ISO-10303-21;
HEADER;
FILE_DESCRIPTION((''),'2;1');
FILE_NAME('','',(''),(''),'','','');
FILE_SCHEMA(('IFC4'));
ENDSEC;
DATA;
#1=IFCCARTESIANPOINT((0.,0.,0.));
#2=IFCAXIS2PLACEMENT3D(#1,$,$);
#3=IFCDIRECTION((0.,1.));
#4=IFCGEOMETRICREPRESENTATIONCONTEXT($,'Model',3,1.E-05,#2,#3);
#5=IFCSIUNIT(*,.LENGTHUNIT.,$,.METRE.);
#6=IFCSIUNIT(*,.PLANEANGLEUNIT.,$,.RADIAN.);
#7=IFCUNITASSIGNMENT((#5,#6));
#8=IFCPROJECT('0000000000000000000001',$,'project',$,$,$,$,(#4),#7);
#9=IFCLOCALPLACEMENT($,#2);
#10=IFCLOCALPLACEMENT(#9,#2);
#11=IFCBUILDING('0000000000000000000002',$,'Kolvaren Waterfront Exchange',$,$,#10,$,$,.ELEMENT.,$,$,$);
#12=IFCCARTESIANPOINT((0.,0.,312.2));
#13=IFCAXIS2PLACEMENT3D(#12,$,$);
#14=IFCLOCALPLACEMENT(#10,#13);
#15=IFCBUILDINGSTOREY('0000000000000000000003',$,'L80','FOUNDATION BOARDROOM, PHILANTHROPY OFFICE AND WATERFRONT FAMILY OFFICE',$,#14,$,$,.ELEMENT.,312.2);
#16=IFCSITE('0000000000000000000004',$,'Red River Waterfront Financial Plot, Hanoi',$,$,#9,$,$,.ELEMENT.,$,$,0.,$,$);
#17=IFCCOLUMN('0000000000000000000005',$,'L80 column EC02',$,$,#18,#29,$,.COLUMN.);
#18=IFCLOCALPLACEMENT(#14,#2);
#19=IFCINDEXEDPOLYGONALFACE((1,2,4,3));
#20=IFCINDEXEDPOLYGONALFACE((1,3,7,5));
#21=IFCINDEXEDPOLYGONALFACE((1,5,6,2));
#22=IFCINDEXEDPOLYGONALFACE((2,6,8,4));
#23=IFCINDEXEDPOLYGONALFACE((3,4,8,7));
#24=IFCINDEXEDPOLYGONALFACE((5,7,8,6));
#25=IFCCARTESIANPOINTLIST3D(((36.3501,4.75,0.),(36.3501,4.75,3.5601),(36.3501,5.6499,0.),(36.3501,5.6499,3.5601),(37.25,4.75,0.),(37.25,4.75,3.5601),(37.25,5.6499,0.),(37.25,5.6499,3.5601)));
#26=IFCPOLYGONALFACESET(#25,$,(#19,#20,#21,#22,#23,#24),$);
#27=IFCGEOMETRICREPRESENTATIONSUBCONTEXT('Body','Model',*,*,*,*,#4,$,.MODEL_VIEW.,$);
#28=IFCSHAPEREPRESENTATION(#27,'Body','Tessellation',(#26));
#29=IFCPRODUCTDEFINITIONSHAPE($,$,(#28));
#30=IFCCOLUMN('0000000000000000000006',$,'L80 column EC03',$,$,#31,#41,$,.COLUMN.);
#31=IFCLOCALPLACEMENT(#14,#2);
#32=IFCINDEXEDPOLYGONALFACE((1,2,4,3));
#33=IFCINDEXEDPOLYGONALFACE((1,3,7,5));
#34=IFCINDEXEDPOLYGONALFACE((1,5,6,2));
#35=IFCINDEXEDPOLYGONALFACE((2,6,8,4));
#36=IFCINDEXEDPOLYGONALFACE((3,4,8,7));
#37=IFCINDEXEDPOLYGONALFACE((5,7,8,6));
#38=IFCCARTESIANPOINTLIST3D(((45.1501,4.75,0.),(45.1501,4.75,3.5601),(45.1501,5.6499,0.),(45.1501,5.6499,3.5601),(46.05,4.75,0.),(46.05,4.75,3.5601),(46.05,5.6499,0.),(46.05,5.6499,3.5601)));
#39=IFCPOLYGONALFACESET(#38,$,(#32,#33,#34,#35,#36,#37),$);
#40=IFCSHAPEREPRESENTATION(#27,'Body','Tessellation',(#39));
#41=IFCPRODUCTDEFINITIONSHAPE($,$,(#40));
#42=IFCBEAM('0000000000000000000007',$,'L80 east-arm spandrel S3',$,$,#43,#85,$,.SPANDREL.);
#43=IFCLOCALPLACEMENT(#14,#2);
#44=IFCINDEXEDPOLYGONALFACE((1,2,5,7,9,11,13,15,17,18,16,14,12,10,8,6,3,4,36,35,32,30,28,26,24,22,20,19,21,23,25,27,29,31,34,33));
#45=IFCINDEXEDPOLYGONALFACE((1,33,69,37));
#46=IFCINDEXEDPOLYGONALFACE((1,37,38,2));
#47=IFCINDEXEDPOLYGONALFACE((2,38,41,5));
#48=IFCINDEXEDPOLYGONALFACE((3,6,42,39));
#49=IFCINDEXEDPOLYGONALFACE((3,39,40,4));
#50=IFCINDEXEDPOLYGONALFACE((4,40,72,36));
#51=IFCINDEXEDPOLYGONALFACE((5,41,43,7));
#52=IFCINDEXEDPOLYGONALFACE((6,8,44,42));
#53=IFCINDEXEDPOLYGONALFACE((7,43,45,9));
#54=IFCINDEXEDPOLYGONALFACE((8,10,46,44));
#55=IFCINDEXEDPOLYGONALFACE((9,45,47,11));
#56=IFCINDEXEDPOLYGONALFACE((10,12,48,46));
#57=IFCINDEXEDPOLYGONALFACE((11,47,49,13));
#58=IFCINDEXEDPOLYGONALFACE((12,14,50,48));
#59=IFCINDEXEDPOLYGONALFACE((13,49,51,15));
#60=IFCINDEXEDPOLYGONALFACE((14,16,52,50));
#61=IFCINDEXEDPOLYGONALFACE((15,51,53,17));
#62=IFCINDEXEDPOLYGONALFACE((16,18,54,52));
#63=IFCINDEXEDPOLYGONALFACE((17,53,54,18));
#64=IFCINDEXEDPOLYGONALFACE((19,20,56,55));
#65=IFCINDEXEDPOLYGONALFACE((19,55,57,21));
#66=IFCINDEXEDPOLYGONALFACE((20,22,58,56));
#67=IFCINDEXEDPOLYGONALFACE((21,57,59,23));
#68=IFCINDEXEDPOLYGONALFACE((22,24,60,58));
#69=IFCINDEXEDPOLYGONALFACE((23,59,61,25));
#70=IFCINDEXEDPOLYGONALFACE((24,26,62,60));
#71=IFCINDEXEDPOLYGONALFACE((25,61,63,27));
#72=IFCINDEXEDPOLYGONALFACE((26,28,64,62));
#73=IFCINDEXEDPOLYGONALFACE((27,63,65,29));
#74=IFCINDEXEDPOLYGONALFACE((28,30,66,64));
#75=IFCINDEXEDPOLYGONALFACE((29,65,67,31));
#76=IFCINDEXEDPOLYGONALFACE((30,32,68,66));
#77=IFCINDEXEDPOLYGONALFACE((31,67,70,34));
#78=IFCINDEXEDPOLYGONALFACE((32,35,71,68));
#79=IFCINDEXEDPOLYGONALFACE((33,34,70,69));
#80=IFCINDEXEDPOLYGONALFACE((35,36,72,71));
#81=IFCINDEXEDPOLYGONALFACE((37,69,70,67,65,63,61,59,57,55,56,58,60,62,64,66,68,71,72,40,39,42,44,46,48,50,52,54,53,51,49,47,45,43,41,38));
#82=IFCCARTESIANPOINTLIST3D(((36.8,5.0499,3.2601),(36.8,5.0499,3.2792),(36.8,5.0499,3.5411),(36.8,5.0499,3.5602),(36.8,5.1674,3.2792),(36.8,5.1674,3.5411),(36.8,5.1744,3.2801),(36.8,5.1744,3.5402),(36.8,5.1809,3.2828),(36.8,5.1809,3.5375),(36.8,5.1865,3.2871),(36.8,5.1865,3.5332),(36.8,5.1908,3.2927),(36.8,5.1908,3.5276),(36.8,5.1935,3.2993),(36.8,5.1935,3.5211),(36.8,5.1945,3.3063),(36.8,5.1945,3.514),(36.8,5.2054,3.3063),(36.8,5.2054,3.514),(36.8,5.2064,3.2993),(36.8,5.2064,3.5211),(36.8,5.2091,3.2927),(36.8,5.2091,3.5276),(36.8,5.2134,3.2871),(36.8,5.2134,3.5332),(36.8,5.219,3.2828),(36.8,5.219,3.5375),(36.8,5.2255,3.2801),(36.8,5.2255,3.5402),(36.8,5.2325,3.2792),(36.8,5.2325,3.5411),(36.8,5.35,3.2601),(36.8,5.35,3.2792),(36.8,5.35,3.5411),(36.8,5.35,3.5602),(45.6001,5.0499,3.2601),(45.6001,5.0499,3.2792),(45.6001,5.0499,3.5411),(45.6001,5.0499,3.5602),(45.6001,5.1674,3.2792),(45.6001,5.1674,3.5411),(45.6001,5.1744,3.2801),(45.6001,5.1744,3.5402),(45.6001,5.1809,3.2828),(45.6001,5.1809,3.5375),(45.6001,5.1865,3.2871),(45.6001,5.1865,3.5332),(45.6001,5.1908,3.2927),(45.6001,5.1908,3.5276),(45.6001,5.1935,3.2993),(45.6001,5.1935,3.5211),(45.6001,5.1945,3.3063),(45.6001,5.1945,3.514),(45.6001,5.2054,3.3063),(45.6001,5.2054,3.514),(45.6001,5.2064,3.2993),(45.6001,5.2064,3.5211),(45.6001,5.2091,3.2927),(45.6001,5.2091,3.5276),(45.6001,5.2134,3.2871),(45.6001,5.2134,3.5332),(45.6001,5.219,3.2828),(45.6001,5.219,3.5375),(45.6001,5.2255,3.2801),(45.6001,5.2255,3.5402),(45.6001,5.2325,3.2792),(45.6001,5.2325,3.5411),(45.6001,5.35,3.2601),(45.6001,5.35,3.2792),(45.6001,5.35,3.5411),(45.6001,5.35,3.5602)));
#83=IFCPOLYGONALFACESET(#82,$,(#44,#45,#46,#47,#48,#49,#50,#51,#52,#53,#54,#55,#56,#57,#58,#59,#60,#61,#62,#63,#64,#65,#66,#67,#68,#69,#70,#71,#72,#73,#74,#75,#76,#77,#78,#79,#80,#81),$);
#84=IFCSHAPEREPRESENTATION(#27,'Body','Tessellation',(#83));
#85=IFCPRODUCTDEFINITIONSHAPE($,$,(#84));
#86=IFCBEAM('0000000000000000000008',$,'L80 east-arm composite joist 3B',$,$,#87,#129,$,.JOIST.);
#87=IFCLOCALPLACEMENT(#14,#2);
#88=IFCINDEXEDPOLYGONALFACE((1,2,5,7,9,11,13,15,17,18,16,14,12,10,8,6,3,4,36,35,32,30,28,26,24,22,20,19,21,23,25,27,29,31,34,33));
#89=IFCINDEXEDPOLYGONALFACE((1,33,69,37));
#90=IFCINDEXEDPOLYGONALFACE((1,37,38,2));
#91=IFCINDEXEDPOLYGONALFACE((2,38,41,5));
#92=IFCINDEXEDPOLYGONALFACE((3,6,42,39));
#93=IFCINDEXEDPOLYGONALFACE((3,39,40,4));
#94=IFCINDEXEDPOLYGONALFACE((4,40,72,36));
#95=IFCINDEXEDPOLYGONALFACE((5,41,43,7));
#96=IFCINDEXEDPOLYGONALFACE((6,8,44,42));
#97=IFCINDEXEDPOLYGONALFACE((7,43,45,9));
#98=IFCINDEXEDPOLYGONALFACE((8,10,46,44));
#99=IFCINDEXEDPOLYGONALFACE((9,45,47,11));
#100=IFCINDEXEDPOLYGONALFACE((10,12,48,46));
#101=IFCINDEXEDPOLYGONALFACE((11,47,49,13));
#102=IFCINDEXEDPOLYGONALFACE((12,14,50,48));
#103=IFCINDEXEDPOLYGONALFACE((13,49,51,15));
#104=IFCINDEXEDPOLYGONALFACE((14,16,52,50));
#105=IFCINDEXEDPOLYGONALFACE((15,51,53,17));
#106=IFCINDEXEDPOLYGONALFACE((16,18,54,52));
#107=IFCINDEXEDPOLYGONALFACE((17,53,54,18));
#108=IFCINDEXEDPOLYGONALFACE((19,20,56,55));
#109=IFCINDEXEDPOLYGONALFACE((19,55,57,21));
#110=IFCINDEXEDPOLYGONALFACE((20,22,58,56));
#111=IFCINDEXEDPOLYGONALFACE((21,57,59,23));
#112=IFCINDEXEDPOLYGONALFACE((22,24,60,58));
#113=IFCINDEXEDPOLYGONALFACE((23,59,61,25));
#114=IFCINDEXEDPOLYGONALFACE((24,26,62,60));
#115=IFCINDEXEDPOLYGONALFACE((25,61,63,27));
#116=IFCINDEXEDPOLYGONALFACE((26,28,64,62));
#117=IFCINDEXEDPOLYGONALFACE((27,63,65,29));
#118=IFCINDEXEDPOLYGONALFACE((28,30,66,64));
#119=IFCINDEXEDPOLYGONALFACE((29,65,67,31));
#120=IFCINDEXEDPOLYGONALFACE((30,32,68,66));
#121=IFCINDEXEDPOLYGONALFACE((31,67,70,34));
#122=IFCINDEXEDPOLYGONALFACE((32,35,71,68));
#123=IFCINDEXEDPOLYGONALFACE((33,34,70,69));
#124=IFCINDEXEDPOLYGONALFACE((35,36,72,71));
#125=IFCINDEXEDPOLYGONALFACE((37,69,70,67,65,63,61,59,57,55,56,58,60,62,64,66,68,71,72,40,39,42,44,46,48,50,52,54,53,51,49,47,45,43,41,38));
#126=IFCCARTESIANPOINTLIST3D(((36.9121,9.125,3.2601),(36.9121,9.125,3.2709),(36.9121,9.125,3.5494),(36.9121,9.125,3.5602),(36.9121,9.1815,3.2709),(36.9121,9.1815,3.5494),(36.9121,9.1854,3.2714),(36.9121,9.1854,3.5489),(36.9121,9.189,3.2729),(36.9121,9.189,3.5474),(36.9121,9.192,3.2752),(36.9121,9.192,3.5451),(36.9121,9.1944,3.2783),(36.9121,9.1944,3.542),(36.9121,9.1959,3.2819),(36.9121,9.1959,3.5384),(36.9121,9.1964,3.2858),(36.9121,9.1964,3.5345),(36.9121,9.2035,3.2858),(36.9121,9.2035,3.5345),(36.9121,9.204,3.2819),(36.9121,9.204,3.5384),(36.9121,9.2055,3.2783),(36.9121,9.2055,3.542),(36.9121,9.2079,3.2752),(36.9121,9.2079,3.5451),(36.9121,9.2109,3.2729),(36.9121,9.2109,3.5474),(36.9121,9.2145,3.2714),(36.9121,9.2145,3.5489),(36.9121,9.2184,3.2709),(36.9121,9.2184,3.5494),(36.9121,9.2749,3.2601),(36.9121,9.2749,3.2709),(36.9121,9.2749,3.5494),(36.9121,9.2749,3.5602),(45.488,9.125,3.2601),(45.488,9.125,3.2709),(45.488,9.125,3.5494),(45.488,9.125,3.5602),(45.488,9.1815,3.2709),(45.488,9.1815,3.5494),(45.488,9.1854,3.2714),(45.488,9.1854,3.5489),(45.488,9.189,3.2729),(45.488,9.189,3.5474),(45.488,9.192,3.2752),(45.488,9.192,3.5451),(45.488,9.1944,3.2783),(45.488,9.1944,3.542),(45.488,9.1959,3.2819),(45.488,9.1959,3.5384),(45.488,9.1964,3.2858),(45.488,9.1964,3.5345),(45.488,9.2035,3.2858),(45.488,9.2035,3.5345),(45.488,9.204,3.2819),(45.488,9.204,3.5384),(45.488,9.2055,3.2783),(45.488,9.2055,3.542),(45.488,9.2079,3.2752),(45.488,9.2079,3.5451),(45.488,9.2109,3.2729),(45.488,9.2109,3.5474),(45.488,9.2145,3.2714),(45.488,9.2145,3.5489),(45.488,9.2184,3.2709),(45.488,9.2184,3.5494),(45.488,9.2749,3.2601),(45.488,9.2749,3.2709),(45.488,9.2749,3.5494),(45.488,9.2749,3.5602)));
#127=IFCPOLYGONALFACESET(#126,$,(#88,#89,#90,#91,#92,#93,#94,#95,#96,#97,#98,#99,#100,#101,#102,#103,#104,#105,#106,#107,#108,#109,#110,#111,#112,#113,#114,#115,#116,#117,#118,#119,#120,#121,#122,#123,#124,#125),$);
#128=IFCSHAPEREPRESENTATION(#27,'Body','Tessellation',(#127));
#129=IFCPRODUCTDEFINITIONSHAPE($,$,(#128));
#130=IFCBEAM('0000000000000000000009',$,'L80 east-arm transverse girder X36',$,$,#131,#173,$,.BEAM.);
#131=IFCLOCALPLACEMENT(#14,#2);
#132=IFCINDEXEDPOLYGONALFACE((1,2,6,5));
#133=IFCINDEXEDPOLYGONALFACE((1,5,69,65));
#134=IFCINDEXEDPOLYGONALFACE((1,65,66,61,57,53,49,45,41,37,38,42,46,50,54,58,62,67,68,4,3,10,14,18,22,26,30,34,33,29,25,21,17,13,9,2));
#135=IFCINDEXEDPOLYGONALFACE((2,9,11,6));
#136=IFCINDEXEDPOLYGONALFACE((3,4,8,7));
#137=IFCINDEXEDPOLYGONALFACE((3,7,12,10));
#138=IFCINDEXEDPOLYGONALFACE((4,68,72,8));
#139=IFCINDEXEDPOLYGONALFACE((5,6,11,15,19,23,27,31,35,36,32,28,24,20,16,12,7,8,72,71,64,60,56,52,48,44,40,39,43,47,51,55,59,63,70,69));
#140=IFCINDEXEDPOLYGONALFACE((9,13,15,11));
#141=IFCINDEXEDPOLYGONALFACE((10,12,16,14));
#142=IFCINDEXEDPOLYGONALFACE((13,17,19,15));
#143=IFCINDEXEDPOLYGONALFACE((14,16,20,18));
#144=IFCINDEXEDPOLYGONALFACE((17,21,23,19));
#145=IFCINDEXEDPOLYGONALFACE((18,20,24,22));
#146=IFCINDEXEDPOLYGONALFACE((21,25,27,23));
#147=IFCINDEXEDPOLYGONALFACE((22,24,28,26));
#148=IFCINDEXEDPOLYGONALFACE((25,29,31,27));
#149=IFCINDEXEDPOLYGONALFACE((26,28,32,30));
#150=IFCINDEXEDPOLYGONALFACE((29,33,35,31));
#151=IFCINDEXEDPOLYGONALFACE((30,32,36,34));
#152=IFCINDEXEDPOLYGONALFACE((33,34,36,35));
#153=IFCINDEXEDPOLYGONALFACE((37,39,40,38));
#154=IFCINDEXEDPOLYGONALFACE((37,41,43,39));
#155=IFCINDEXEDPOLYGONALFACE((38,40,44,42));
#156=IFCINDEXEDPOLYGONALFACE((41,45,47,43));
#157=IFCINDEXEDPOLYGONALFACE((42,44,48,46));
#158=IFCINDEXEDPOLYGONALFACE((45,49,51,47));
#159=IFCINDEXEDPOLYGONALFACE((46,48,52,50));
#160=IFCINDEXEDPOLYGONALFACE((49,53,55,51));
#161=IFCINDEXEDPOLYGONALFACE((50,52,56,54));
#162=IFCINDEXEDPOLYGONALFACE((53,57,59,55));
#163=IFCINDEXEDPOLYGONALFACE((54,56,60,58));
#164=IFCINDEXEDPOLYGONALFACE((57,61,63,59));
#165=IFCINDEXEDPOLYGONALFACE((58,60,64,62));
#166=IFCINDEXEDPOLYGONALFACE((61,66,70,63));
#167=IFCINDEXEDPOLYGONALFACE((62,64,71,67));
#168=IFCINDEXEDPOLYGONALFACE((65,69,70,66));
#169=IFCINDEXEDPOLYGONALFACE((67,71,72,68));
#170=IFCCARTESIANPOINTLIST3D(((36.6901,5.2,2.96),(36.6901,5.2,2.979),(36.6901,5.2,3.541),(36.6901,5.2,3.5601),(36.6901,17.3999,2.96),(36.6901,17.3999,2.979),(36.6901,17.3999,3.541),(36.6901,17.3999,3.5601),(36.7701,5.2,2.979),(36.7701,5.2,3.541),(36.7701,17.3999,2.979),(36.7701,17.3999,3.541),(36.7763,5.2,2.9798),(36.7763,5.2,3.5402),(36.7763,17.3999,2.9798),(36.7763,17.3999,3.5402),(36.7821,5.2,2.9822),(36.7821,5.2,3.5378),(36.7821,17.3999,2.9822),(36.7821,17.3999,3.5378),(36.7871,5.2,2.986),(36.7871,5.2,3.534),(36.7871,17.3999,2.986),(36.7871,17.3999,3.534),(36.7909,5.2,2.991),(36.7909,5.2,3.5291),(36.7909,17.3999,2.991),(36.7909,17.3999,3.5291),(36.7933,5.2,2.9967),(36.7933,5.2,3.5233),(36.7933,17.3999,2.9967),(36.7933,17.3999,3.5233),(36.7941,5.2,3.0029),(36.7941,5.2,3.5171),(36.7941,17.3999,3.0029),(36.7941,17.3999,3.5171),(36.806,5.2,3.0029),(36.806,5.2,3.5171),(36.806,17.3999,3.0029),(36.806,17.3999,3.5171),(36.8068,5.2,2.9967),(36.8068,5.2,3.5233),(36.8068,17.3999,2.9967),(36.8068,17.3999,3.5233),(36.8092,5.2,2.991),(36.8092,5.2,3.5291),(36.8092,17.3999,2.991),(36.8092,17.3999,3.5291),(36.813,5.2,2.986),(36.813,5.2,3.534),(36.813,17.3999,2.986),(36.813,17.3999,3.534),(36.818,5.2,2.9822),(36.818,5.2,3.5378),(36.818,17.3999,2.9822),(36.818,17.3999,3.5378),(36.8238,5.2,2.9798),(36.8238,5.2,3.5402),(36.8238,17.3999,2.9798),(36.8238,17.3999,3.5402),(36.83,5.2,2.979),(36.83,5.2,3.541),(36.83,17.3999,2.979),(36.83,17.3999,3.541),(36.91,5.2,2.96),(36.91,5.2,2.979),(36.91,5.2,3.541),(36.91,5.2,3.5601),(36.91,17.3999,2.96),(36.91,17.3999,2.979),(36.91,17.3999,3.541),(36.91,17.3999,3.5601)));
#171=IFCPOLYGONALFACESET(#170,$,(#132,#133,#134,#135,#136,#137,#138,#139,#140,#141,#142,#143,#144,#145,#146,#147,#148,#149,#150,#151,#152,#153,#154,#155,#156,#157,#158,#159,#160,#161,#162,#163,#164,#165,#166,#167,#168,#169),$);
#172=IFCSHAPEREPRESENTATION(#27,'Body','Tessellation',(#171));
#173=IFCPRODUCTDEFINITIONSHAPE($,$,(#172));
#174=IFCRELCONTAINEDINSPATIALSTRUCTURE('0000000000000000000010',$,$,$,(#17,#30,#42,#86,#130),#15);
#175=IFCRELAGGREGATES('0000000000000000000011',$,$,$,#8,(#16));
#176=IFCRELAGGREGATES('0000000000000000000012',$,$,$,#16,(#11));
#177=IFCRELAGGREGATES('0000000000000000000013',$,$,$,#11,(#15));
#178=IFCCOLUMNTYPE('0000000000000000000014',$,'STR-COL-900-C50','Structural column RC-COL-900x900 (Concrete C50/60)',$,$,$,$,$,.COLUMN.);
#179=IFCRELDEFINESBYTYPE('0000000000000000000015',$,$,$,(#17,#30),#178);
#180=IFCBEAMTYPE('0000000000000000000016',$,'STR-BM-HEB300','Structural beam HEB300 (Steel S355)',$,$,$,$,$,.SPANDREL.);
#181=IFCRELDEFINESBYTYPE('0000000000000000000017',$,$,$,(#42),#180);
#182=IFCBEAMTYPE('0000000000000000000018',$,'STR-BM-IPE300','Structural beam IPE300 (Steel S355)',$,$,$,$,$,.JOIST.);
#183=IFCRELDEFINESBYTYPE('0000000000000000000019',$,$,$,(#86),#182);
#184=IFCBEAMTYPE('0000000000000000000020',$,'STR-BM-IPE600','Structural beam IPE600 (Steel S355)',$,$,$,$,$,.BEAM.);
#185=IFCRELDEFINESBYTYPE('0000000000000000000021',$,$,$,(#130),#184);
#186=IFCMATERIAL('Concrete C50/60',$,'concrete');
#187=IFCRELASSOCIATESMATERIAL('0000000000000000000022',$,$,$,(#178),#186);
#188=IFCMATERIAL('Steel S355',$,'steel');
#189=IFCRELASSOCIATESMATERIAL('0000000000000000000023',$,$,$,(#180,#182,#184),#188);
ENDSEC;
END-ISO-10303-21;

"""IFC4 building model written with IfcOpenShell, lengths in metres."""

from ifc_helpers import new_model, si_unit, direction, frame, origin, origin_2d, place, context, subcontext, project, spatial, rectangle, i_section, extrude, material, material_profile, profile_set, type_object, element, save


model = new_model("IFC4")

# Units and contexts
model_context = context("Model", 3, precision=1e-05, world=origin(), true_north=direction((0.0, 1.0)))
body_context = subcontext(model_context, "Body", "Model", "MODEL_VIEW")
ifc_project = project(units=[si_unit("LENGTHUNIT", "METRE"), si_unit("PLANEANGLEUNIT", "RADIAN")], contexts=[model_context])

# Site, building, storey
site_placement = place(None, origin())
site = spatial("IfcSite", under=ifc_project, at=site_placement, Name="Red River Waterfront Financial Plot, Hanoi", CompositionType="ELEMENT", RefElevation=0.0)
building_placement = place(site_placement, origin())
building = spatial("IfcBuilding", under=site, at=building_placement, Name="Kolvaren Waterfront Exchange", CompositionType="ELEMENT")
storey_placement = place(building_placement, frame((0.0, 0.0, 312.2)))
storey = spatial("IfcBuildingStorey", under=building, at=storey_placement, Name="L80", Description="FOUNDATION BOARDROOM, PHILANTHROPY OFFICE AND WATERFRONT FAMILY OFFICE", CompositionType="ELEMENT", Elevation=312.2)

# Columns
ifc_material_1 = material(Name="Concrete C50/60", Category="concrete")
ifc_material_profile_1 = material_profile(ifc_material_1, rectangle(XDim=0.8999, YDim=0.8999, at=origin_2d()), Name="RC-COL-900x900")
ifc_profile_set_1 = profile_set([ifc_material_profile_1], Name="Concrete C50/60")
column_type = type_object("IfcColumnType", Name="STR-COL-900-C50", Description="Structural column RC-COL-900x900 (Concrete C50/60)", PredefinedType="COLUMN", material=ifc_profile_set_1)
for number, where, z_axis, x_axis, name in (
    (1, (36.8, 5.2, 0.0), (0.0, 0.0, 1.0), (1.0, 0.0, 0.0), "L80 column EC02"),
    (2, (45.6001, 5.2, 0.0), (0.0, 0.0, 1.0), (1.0, 0.0, 0.0), "L80 column EC03"),
):
    element("IfcColumn", number, at=place(storey_placement, frame(where, z_axis=z_axis, x_axis=x_axis)), inside=storey, type_object=column_type, Name=name, PredefinedType="COLUMN", context=body_context, shape_type="SweptSolid", body=[
        extrude(rectangle(XDim=0.8999, YDim=0.8999, at=origin_2d()), origin(), (0.0, 0.0, 1.0), 3.5601),
    ])

# Beams
ifc_material_2 = material(Name="Steel S355", Category="steel")
ifc_material_profile_2 = material_profile(ifc_material_2, i_section(OverallWidth=0.3, OverallDepth=0.3, WebThickness=0.011, FlangeThickness=0.019, FilletRadius=0.0271, at=origin_2d()), Name="HEB300")
ifc_profile_set_2 = profile_set([ifc_material_profile_2], Name="Steel S355")
beam_type_1 = type_object("IfcBeamType", Name="STR-BM-HEB300", Description="Structural beam HEB300 (Steel S355)", PredefinedType="SPANDREL", material=ifc_profile_set_2)
beam_1_placement = place(storey_placement, frame((36.8, 5.2, 3.4102), z_axis=(1.0, 0.0, 0.0), x_axis=(0.0, 1.0, 0.0)))
element("IfcBeam", 3, at=beam_1_placement, inside=storey, type_object=beam_type_1, Name="L80 east-arm spandrel S3", PredefinedType="SPANDREL", context=body_context, shape_type="SweptSolid", body=[
    extrude(i_section(OverallWidth=0.3, OverallDepth=0.3, WebThickness=0.011, FlangeThickness=0.019, FilletRadius=0.0271, at=origin_2d()), origin(), (0.0, 0.0, 1.0), 8.8),
])
ifc_material_profile_3 = material_profile(ifc_material_2, i_section(OverallWidth=0.1499, OverallDepth=0.3, WebThickness=0.0071, FlangeThickness=0.0107, FilletRadius=0.0149, at=origin_2d()), Name="IPE300")
ifc_profile_set_3 = profile_set([ifc_material_profile_3], Name="Steel S355")
beam_type_2 = type_object("IfcBeamType", Name="STR-BM-IPE300", Description="Structural beam IPE300 (Steel S355)", PredefinedType="JOIST", material=ifc_profile_set_3)
beam_2_placement = place(storey_placement, frame((36.9121, 9.2, 3.4102), z_axis=(1.0, 0.0, 0.0), x_axis=(0.0, 1.0, 0.0)))
element("IfcBeam", 4, at=beam_2_placement, inside=storey, type_object=beam_type_2, Name="L80 east-arm composite joist 3B", PredefinedType="JOIST", context=body_context, shape_type="SweptSolid", body=[
    extrude(i_section(OverallWidth=0.1499, OverallDepth=0.3, WebThickness=0.0071, FlangeThickness=0.0107, FilletRadius=0.0149, at=origin_2d()), origin(), (0.0, 0.0, 1.0), 8.5759),
])
ifc_material_profile_4 = material_profile(ifc_material_2, i_section(OverallWidth=0.22, OverallDepth=0.6001, WebThickness=0.012, FlangeThickness=0.019, FilletRadius=0.0239, at=origin_2d()), Name="IPE600")
ifc_profile_set_4 = profile_set([ifc_material_profile_4], Name="Steel S355")
beam_type_3 = type_object("IfcBeamType", Name="STR-BM-IPE600", Description="Structural beam IPE600 (Steel S355)", PredefinedType="BEAM", material=ifc_profile_set_4)
for number, where, z_axis, x_axis, name in (
    (5, (36.8, 5.2, 3.26), (0.0, 1.0, 0.0), (-1.0, 0.0, 0.0), "L80 east-arm transverse girder X36"),
):
    element("IfcBeam", number, at=place(storey_placement, frame(where, z_axis=z_axis, x_axis=x_axis)), inside=storey, type_object=beam_type_3, Name=name, PredefinedType="BEAM", context=body_context, shape_type="SweptSolid", body=[
        extrude(i_section(OverallWidth=0.22, OverallDepth=0.6001, WebThickness=0.012, FlangeThickness=0.019, FilletRadius=0.0239, at=origin_2d()), origin(), (0.0, 0.0, 1.0), 12.2),
    ])

save(model, "model.ifc")
